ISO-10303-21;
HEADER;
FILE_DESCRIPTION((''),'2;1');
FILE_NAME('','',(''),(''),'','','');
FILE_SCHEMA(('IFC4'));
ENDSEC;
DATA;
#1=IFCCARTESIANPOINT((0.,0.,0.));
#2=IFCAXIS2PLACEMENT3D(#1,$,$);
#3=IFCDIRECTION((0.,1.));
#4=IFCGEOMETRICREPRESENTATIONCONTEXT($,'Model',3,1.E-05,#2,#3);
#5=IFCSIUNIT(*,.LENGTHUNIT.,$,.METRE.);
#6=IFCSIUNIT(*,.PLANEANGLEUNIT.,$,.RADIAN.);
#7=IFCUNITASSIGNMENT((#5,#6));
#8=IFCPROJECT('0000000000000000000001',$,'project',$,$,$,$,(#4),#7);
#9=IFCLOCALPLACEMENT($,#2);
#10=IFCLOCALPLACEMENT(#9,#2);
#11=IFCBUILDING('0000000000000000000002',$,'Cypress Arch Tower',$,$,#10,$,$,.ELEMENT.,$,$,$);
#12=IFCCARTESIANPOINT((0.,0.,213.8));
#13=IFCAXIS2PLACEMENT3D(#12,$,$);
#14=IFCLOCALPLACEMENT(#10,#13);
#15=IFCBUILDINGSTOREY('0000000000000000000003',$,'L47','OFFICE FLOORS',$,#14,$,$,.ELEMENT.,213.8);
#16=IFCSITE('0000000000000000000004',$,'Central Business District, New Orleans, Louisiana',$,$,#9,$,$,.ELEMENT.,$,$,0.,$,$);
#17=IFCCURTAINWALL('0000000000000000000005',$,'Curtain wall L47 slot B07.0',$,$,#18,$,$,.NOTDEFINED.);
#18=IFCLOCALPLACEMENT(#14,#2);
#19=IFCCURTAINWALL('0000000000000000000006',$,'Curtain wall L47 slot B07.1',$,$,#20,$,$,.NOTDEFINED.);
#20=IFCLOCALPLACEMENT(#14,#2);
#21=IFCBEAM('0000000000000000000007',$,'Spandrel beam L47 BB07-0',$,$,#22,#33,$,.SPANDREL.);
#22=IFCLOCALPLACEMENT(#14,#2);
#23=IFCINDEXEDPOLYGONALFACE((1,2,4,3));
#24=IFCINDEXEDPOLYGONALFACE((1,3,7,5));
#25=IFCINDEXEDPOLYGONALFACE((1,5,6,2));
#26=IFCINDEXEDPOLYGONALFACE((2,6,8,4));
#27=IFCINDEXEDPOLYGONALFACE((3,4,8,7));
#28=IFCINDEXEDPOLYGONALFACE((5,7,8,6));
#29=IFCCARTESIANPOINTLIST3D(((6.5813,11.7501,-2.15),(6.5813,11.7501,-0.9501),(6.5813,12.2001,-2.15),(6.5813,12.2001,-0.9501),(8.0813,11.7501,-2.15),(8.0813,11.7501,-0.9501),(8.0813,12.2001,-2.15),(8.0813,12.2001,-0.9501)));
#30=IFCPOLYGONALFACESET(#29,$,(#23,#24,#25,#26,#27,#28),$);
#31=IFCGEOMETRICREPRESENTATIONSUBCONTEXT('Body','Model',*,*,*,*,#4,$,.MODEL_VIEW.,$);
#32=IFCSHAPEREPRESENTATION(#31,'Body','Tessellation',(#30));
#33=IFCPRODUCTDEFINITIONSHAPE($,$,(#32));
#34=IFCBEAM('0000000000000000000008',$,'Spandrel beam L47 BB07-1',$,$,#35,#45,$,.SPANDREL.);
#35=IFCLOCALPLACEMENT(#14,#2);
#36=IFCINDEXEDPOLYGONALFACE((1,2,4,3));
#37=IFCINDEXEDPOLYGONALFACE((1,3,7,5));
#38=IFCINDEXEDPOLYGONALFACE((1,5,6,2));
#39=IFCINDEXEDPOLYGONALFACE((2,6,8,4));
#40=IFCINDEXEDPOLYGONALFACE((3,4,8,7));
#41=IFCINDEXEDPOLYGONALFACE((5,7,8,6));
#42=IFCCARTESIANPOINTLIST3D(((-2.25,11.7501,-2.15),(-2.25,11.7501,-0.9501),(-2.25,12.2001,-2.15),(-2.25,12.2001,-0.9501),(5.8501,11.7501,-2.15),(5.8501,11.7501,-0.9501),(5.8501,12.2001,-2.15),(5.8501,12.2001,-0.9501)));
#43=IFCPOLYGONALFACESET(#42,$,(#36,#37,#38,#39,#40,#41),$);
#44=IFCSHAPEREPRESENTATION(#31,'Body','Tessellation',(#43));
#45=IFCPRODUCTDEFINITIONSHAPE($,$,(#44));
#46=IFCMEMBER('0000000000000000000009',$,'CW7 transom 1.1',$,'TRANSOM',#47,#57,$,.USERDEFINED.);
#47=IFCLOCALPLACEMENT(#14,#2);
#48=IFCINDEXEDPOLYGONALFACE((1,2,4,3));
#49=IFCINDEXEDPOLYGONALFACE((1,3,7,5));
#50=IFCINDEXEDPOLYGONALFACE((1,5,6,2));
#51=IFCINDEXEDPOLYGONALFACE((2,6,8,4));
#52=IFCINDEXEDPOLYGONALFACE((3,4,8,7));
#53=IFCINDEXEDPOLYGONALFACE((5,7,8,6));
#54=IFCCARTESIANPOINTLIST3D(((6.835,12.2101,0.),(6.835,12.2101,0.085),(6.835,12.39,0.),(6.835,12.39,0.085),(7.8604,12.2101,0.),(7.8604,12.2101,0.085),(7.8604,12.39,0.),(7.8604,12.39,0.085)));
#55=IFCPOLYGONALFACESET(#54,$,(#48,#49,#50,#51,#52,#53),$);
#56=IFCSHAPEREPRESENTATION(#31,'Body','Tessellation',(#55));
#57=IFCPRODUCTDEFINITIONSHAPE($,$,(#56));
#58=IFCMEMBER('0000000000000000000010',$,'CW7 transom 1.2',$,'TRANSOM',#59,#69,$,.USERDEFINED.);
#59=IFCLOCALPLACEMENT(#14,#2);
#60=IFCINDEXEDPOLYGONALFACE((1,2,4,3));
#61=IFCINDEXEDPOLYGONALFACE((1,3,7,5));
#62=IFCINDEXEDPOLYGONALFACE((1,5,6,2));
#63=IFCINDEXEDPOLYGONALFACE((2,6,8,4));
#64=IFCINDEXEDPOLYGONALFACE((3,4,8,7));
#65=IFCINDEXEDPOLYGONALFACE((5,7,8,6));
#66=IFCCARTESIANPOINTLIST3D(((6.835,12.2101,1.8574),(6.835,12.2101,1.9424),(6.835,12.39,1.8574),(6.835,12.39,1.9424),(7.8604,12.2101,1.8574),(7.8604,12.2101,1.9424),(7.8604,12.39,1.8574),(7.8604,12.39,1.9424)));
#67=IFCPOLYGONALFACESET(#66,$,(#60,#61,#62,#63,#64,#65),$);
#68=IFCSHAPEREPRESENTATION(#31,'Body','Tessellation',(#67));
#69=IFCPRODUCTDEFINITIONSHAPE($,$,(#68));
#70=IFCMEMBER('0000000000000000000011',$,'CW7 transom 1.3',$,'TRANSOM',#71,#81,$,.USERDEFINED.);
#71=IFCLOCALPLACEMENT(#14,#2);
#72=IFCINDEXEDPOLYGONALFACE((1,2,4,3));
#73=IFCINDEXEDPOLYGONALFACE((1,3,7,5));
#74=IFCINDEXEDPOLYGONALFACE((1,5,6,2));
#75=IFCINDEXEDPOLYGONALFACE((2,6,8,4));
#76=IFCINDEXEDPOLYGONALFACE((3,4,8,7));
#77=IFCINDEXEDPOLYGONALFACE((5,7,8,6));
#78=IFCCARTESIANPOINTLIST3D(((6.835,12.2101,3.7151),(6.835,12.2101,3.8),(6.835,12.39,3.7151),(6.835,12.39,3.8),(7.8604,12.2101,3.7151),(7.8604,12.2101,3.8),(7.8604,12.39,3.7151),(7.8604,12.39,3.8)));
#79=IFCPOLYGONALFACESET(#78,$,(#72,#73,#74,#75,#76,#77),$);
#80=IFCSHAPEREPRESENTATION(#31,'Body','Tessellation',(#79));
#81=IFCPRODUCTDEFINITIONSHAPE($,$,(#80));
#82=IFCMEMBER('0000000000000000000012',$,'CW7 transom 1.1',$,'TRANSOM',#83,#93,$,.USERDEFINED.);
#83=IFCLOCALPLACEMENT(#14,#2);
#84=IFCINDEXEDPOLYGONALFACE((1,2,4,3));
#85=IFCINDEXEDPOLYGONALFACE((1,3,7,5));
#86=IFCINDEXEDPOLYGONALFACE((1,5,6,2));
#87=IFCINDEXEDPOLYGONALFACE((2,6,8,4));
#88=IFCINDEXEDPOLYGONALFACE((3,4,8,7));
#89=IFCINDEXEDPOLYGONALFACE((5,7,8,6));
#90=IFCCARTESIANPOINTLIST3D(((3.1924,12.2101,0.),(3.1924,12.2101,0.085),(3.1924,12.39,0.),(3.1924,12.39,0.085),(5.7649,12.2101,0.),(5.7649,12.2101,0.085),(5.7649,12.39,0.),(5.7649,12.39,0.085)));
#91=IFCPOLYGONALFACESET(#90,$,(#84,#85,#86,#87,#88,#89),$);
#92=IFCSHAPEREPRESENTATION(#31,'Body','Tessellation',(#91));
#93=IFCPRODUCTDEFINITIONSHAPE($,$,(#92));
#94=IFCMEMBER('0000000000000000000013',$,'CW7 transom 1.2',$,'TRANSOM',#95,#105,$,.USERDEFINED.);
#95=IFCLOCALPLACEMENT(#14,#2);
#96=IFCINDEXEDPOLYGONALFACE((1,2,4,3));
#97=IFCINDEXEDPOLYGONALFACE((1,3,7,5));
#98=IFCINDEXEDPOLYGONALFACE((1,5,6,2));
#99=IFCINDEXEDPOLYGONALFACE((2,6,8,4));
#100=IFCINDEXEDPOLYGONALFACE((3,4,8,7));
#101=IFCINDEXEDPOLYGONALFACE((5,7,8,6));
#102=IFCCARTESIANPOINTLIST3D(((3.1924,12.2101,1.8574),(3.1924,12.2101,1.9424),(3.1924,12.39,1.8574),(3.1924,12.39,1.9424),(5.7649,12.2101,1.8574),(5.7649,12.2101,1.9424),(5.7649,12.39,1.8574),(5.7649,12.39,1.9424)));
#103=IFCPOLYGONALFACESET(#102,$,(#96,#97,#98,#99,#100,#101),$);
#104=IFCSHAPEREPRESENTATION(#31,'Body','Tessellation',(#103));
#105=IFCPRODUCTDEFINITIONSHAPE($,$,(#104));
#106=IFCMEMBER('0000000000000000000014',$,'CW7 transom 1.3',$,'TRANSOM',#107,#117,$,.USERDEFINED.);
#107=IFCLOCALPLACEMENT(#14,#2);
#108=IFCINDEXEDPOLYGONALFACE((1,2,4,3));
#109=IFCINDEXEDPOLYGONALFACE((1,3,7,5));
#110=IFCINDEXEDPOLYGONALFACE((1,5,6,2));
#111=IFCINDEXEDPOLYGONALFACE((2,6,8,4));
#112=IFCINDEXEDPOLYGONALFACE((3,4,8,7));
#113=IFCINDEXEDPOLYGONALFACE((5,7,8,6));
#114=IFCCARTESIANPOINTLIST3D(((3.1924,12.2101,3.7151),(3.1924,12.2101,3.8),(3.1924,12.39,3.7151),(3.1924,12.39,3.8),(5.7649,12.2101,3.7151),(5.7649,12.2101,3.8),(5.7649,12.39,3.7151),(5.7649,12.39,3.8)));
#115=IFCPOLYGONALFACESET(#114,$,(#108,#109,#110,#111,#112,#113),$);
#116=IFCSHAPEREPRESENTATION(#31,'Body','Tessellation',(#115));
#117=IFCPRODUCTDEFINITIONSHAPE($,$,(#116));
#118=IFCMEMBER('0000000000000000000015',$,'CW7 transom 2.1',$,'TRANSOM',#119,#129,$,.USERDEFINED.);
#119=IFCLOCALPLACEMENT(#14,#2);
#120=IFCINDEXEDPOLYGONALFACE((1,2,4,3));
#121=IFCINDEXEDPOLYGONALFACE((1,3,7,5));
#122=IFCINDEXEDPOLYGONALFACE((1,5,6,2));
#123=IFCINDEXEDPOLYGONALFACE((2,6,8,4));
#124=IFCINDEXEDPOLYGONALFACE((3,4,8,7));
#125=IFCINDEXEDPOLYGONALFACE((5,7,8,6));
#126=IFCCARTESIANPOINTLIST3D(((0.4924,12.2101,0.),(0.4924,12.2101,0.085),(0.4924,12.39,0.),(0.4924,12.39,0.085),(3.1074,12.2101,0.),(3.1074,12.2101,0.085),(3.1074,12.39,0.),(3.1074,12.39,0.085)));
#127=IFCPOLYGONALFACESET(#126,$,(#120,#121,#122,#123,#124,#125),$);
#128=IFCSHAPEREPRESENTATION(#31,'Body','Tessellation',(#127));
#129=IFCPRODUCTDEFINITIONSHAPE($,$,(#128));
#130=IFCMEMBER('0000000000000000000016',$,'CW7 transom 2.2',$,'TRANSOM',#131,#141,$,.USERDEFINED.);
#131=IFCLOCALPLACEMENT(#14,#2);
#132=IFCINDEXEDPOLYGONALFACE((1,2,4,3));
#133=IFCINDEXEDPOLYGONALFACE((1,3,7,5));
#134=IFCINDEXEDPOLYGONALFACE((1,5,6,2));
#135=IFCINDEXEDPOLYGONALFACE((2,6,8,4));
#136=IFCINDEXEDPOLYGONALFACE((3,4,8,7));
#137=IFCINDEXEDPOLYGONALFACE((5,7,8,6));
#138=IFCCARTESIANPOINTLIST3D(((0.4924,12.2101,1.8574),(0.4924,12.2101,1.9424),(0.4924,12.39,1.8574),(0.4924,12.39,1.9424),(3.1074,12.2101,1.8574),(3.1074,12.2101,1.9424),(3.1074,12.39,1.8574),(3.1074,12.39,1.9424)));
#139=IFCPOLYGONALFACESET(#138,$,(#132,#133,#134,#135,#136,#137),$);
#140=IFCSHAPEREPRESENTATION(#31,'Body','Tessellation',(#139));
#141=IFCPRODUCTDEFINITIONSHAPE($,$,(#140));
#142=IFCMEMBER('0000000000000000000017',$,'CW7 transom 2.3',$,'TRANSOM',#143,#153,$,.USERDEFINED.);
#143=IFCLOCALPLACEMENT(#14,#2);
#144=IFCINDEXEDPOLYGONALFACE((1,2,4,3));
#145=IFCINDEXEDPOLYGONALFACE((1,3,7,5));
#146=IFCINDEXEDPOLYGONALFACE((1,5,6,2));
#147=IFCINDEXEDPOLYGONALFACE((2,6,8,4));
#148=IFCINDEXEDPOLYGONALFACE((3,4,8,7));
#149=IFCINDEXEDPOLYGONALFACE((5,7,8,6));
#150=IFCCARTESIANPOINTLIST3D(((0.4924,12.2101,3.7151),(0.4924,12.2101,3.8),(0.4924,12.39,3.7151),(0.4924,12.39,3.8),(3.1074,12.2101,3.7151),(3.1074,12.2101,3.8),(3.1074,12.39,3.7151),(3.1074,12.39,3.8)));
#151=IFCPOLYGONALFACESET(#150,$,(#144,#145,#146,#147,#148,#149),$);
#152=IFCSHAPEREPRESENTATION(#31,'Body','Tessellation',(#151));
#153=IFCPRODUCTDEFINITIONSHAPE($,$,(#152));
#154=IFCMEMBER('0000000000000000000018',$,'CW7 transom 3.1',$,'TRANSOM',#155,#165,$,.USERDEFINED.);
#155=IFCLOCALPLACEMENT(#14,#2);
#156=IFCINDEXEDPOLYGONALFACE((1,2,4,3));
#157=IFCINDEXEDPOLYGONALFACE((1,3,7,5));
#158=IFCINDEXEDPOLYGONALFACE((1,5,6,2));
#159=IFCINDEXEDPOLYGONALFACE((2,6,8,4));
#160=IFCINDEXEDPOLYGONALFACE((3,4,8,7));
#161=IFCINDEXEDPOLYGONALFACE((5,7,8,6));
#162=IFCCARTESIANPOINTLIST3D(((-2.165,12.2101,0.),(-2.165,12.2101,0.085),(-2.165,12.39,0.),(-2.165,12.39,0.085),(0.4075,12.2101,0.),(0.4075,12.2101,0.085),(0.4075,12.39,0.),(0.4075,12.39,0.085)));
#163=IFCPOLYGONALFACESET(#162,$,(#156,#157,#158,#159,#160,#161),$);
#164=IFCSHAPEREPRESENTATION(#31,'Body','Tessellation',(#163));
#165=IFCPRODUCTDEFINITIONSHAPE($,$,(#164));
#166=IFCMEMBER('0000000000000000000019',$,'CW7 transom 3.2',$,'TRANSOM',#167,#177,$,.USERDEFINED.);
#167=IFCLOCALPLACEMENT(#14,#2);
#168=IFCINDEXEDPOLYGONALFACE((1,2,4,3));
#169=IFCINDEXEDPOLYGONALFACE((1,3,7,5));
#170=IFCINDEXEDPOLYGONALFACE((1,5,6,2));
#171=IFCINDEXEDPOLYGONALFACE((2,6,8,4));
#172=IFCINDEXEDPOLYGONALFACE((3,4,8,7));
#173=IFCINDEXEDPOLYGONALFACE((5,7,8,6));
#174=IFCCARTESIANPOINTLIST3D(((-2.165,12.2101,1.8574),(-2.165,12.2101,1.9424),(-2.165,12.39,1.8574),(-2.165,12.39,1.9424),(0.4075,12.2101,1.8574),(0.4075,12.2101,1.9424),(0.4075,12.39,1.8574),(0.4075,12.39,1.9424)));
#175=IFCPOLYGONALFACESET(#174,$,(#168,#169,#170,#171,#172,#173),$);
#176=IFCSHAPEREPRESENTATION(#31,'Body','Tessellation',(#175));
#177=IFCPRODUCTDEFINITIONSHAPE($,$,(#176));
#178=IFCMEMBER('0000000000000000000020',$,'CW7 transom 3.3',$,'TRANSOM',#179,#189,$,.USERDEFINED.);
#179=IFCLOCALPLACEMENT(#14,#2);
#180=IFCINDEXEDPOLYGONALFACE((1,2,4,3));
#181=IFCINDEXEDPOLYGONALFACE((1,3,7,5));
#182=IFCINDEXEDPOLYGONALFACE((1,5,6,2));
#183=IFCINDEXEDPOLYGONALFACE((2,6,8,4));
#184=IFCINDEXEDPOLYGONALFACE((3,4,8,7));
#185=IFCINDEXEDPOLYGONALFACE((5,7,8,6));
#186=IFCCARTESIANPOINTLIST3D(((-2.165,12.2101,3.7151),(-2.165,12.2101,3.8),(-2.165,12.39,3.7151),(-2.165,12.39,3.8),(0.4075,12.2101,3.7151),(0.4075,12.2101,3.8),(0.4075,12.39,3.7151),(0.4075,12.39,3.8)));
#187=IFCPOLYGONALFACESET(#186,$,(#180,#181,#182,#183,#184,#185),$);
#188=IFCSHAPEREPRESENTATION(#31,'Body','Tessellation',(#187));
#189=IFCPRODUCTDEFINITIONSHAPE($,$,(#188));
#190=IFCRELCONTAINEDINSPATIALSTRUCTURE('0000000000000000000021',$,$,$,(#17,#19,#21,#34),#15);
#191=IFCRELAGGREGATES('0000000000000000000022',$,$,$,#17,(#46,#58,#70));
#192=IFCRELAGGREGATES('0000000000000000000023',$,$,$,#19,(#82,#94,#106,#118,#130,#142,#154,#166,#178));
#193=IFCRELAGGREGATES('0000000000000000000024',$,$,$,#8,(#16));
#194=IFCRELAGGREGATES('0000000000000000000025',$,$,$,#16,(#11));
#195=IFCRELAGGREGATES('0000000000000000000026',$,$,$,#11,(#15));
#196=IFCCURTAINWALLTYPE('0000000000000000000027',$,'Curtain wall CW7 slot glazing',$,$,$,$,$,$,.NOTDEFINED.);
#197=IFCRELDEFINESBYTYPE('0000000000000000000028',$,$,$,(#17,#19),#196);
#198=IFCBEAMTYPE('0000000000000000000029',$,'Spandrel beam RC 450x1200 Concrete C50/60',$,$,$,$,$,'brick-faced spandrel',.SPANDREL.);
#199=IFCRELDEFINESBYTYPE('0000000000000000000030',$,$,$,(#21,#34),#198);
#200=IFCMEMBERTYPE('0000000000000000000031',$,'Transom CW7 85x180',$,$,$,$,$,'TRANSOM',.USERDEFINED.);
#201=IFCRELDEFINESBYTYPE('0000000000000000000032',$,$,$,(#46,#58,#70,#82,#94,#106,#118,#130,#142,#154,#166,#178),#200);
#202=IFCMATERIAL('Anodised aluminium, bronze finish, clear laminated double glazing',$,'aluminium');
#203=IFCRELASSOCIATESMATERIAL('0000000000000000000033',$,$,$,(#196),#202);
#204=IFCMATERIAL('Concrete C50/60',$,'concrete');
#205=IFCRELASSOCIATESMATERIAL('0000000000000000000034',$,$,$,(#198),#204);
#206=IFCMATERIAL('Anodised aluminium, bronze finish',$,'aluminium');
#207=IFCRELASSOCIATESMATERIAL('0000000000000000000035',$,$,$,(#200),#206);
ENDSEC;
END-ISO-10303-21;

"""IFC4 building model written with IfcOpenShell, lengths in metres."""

from ifc_helpers import new_model, si_unit, direction, frame, origin, origin_2d, place, context, subcontext, project, spatial, rectangle, extrude, material, material_profile, profile_set, type_object, element, aggregate, save


model = new_model("IFC4")

# Units and contexts
model_context = context("Model", 3, precision=1e-05, world=origin(), true_north=direction((0.0, 1.0)))
body_context = subcontext(model_context, "Body", "Model", "MODEL_VIEW")
ifc_project = project(units=[si_unit("LENGTHUNIT", "METRE"), si_unit("PLANEANGLEUNIT", "RADIAN")], contexts=[model_context])

# Site, building, storey
site_placement = place(None, origin())
site = spatial("IfcSite", under=ifc_project, at=site_placement, Name="Central Business District, New Orleans, Louisiana", CompositionType="ELEMENT", RefElevation=0.0)
building_placement = place(site_placement, origin())
building = spatial("IfcBuilding", under=site, at=building_placement, Name="Cypress Arch Tower", CompositionType="ELEMENT")
storey_placement = place(building_placement, frame((0.0, 0.0, 213.8)))
storey = spatial("IfcBuildingStorey", under=building, at=storey_placement, Name="L47", Description="OFFICE FLOORS", CompositionType="ELEMENT", Elevation=213.8)

# Shared definitions
ifc_material_1 = material(Name="Anodised aluminium, bronze finish, clear laminated double glazing", Category="aluminium")
curtain_wall_type = type_object("IfcCurtainWallType", Name="Curtain wall CW7 slot glazing", PredefinedType="NOTDEFINED", material=ifc_material_1)

# Curtain walls
curtain_wall_1_placement = place(storey_placement, origin())
curtain_wall_1 = element("IfcCurtainWall", 1, at=curtain_wall_1_placement, inside=storey, type_object=curtain_wall_type, Name="Curtain wall L47 slot B07.0", PredefinedType="NOTDEFINED")
curtain_wall_2_placement = place(storey_placement, origin())
curtain_wall_2 = element("IfcCurtainWall", 2, at=curtain_wall_2_placement, inside=storey, type_object=curtain_wall_type, Name="Curtain wall L47 slot B07.1", PredefinedType="NOTDEFINED")

# Beams
ifc_material_2 = material(Name="Concrete C50/60", Category="concrete")
ifc_material_profile_1 = material_profile(ifc_material_2, rectangle(XDim=0.45, YDim=1.2, at=origin_2d()), Name="RC 450x1200")
ifc_profile_set_1 = profile_set([ifc_material_profile_1], Name="Concrete C50/60")
beam_type_1 = type_object("IfcBeamType", Name="Spandrel beam RC 450x1200 Concrete C50/60", ElementType="brick-faced spandrel", PredefinedType="SPANDREL", material=ifc_profile_set_1)
beam_1_placement = place(storey_placement, frame((8.0813, 11.9751, -1.55), z_axis=(-1.0, 0.0, 0.0), x_axis=(0.0, -1.0, 0.0)))
element("IfcBeam", 3, at=beam_1_placement, inside=storey, type_object=beam_type_1, Name="Spandrel beam L47 BB07-0", PredefinedType="SPANDREL", context=body_context, shape_type="SweptSolid", body=[
    extrude(rectangle(XDim=0.45, YDim=1.2, at=origin_2d()), origin(), (0.0, 0.0, 1.0), 1.5),
])
beam_2_placement = place(storey_placement, frame((5.8501, 11.9751, -1.55), z_axis=(-1.0, 0.0, 0.0), x_axis=(0.0, -1.0, 0.0)))
element("IfcBeam", 4, at=beam_2_placement, inside=storey, type_object=beam_type_1, Name="Spandrel beam L47 BB07-1", PredefinedType="SPANDREL", context=body_context, shape_type="SweptSolid", body=[
    extrude(rectangle(XDim=0.45, YDim=1.2, at=origin_2d()), origin(), (0.0, 0.0, 1.0), 8.1001),
])

# Members
ifc_material_3 = material(Name="Anodised aluminium, bronze finish", Category="aluminium")
ifc_material_profile_2 = material_profile(ifc_material_3, rectangle(XDim=0.1799, YDim=0.085, at=origin_2d()), Name="Transom 85x180")
ifc_profile_set_2 = profile_set([ifc_material_profile_2], Name="Anodised aluminium, bronze finish")
member_type_1 = type_object("IfcMemberType", Name="Transom CW7 85x180", ElementType="TRANSOM", PredefinedType="USERDEFINED", material=ifc_profile_set_2)
member_1_placement = place(storey_placement, frame((7.8604, 12.3, 0.0425), z_axis=(-1.0, 0.0, 0.0), x_axis=(0.0, -1.0, 0.0)))
member_1 = element("IfcMember", 5, at=member_1_placement, type_object=member_type_1, Name="CW7 transom 1.1", ObjectType="TRANSOM", PredefinedType="USERDEFINED", context=body_context, shape_type="SweptSolid", body=[
    extrude(rectangle(XDim=0.1799, YDim=0.085, at=origin_2d()), origin(), (0.0, 0.0, 1.0), 1.0254),
])
member_2_placement = place(storey_placement, frame((7.8604, 12.3, 1.8999), z_axis=(-1.0, 0.0, 0.0), x_axis=(0.0, -1.0, 0.0)))
member_2 = element("IfcMember", 6, at=member_2_placement, type_object=member_type_1, Name="CW7 transom 1.2", ObjectType="TRANSOM", PredefinedType="USERDEFINED", context=body_context, shape_type="SweptSolid", body=[
    extrude(rectangle(XDim=0.1799, YDim=0.085, at=origin_2d()), origin(), (0.0, 0.0, 1.0), 1.0254),
])
member_3_placement = place(storey_placement, frame((7.8604, 12.3, 3.7576), z_axis=(-1.0, 0.0, 0.0), x_axis=(0.0, -1.0, 0.0)))
member_3 = element("IfcMember", 7, at=member_3_placement, type_object=member_type_1, Name="CW7 transom 1.3", ObjectType="TRANSOM", PredefinedType="USERDEFINED", context=body_context, shape_type="SweptSolid", body=[
    extrude(rectangle(XDim=0.1799, YDim=0.085, at=origin_2d()), origin(), (0.0, 0.0, 1.0), 1.0254),
])
member_4_placement = place(storey_placement, frame((5.7649, 12.3, 0.0425), z_axis=(-1.0, 0.0, 0.0), x_axis=(0.0, -1.0, 0.0)))
member_4 = element("IfcMember", 8, at=member_4_placement, type_object=member_type_1, Name="CW7 transom 1.1", ObjectType="TRANSOM", PredefinedType="USERDEFINED", context=body_context, shape_type="SweptSolid", body=[
    extrude(rectangle(XDim=0.1799, YDim=0.085, at=origin_2d()), origin(), (0.0, 0.0, 1.0), 2.5725),
])
member_5_placement = place(storey_placement, frame((5.7649, 12.3, 1.8999), z_axis=(-1.0, 0.0, 0.0), x_axis=(0.0, -1.0, 0.0)))
member_5 = element("IfcMember", 9, at=member_5_placement, type_object=member_type_1, Name="CW7 transom 1.2", ObjectType="TRANSOM", PredefinedType="USERDEFINED", context=body_context, shape_type="SweptSolid", body=[
    extrude(rectangle(XDim=0.1799, YDim=0.085, at=origin_2d()), origin(), (0.0, 0.0, 1.0), 2.5725),
])
member_6_placement = place(storey_placement, frame((5.7649, 12.3, 3.7576), z_axis=(-1.0, 0.0, 0.0), x_axis=(0.0, -1.0, 0.0)))
member_6 = element("IfcMember", 10, at=member_6_placement, type_object=member_type_1, Name="CW7 transom 1.3", ObjectType="TRANSOM", PredefinedType="USERDEFINED", context=body_context, shape_type="SweptSolid", body=[
    extrude(rectangle(XDim=0.1799, YDim=0.085, at=origin_2d()), origin(), (0.0, 0.0, 1.0), 2.5725),
])
member_7_placement = place(storey_placement, frame((3.1074, 12.3, 0.0425), z_axis=(-1.0, 0.0, 0.0), x_axis=(0.0, -1.0, 0.0)))
member_7 = element("IfcMember", 11, at=member_7_placement, type_object=member_type_1, Name="CW7 transom 2.1", ObjectType="TRANSOM", PredefinedType="USERDEFINED", context=body_context, shape_type="SweptSolid", body=[
    extrude(rectangle(XDim=0.1799, YDim=0.085, at=origin_2d()), origin(), (0.0, 0.0, 1.0), 2.615),
])
member_8_placement = place(storey_placement, frame((3.1074, 12.3, 1.8999), z_axis=(-1.0, 0.0, 0.0), x_axis=(0.0, -1.0, 0.0)))
member_8 = element("IfcMember", 12, at=member_8_placement, type_object=member_type_1, Name="CW7 transom 2.2", ObjectType="TRANSOM", PredefinedType="USERDEFINED", context=body_context, shape_type="SweptSolid", body=[
    extrude(rectangle(XDim=0.1799, YDim=0.085, at=origin_2d()), origin(), (0.0, 0.0, 1.0), 2.615),
])
member_9_placement = place(storey_placement, frame((3.1074, 12.3, 3.7576), z_axis=(-1.0, 0.0, 0.0), x_axis=(0.0, -1.0, 0.0)))
member_9 = element("IfcMember", 13, at=member_9_placement, type_object=member_type_1, Name="CW7 transom 2.3", ObjectType="TRANSOM", PredefinedType="USERDEFINED", context=body_context, shape_type="SweptSolid", body=[
    extrude(rectangle(XDim=0.1799, YDim=0.085, at=origin_2d()), origin(), (0.0, 0.0, 1.0), 2.615),
])
member_10_placement = place(storey_placement, frame((0.4075, 12.3, 0.0425), z_axis=(-1.0, 0.0, 0.0), x_axis=(0.0, -1.0, 0.0)))
member_10 = element("IfcMember", 14, at=member_10_placement, type_object=member_type_1, Name="CW7 transom 3.1", ObjectType="TRANSOM", PredefinedType="USERDEFINED", context=body_context, shape_type="SweptSolid", body=[
    extrude(rectangle(XDim=0.1799, YDim=0.085, at=origin_2d()), origin(), (0.0, 0.0, 1.0), 2.5725),
])
member_11_placement = place(storey_placement, frame((0.4075, 12.3, 1.8999), z_axis=(-1.0, 0.0, 0.0), x_axis=(0.0, -1.0, 0.0)))
member_11 = element("IfcMember", 15, at=member_11_placement, type_object=member_type_1, Name="CW7 transom 3.2", ObjectType="TRANSOM", PredefinedType="USERDEFINED", context=body_context, shape_type="SweptSolid", body=[
    extrude(rectangle(XDim=0.1799, YDim=0.085, at=origin_2d()), origin(), (0.0, 0.0, 1.0), 2.5725),
])
member_12_placement = place(storey_placement, frame((0.4075, 12.3, 3.7576), z_axis=(-1.0, 0.0, 0.0), x_axis=(0.0, -1.0, 0.0)))
member_12 = element("IfcMember", 16, at=member_12_placement, type_object=member_type_1, Name="CW7 transom 3.3", ObjectType="TRANSOM", PredefinedType="USERDEFINED", context=body_context, shape_type="SweptSolid", body=[
    extrude(rectangle(XDim=0.1799, YDim=0.085, at=origin_2d()), origin(), (0.0, 0.0, 1.0), 2.5725),
])

aggregate(curtain_wall_1, [member_1, member_2, member_3])
aggregate(curtain_wall_2, [member_4, member_5, member_6, member_7, member_8, member_9, member_10, member_11, member_12])

save(model, "model.ifc")
